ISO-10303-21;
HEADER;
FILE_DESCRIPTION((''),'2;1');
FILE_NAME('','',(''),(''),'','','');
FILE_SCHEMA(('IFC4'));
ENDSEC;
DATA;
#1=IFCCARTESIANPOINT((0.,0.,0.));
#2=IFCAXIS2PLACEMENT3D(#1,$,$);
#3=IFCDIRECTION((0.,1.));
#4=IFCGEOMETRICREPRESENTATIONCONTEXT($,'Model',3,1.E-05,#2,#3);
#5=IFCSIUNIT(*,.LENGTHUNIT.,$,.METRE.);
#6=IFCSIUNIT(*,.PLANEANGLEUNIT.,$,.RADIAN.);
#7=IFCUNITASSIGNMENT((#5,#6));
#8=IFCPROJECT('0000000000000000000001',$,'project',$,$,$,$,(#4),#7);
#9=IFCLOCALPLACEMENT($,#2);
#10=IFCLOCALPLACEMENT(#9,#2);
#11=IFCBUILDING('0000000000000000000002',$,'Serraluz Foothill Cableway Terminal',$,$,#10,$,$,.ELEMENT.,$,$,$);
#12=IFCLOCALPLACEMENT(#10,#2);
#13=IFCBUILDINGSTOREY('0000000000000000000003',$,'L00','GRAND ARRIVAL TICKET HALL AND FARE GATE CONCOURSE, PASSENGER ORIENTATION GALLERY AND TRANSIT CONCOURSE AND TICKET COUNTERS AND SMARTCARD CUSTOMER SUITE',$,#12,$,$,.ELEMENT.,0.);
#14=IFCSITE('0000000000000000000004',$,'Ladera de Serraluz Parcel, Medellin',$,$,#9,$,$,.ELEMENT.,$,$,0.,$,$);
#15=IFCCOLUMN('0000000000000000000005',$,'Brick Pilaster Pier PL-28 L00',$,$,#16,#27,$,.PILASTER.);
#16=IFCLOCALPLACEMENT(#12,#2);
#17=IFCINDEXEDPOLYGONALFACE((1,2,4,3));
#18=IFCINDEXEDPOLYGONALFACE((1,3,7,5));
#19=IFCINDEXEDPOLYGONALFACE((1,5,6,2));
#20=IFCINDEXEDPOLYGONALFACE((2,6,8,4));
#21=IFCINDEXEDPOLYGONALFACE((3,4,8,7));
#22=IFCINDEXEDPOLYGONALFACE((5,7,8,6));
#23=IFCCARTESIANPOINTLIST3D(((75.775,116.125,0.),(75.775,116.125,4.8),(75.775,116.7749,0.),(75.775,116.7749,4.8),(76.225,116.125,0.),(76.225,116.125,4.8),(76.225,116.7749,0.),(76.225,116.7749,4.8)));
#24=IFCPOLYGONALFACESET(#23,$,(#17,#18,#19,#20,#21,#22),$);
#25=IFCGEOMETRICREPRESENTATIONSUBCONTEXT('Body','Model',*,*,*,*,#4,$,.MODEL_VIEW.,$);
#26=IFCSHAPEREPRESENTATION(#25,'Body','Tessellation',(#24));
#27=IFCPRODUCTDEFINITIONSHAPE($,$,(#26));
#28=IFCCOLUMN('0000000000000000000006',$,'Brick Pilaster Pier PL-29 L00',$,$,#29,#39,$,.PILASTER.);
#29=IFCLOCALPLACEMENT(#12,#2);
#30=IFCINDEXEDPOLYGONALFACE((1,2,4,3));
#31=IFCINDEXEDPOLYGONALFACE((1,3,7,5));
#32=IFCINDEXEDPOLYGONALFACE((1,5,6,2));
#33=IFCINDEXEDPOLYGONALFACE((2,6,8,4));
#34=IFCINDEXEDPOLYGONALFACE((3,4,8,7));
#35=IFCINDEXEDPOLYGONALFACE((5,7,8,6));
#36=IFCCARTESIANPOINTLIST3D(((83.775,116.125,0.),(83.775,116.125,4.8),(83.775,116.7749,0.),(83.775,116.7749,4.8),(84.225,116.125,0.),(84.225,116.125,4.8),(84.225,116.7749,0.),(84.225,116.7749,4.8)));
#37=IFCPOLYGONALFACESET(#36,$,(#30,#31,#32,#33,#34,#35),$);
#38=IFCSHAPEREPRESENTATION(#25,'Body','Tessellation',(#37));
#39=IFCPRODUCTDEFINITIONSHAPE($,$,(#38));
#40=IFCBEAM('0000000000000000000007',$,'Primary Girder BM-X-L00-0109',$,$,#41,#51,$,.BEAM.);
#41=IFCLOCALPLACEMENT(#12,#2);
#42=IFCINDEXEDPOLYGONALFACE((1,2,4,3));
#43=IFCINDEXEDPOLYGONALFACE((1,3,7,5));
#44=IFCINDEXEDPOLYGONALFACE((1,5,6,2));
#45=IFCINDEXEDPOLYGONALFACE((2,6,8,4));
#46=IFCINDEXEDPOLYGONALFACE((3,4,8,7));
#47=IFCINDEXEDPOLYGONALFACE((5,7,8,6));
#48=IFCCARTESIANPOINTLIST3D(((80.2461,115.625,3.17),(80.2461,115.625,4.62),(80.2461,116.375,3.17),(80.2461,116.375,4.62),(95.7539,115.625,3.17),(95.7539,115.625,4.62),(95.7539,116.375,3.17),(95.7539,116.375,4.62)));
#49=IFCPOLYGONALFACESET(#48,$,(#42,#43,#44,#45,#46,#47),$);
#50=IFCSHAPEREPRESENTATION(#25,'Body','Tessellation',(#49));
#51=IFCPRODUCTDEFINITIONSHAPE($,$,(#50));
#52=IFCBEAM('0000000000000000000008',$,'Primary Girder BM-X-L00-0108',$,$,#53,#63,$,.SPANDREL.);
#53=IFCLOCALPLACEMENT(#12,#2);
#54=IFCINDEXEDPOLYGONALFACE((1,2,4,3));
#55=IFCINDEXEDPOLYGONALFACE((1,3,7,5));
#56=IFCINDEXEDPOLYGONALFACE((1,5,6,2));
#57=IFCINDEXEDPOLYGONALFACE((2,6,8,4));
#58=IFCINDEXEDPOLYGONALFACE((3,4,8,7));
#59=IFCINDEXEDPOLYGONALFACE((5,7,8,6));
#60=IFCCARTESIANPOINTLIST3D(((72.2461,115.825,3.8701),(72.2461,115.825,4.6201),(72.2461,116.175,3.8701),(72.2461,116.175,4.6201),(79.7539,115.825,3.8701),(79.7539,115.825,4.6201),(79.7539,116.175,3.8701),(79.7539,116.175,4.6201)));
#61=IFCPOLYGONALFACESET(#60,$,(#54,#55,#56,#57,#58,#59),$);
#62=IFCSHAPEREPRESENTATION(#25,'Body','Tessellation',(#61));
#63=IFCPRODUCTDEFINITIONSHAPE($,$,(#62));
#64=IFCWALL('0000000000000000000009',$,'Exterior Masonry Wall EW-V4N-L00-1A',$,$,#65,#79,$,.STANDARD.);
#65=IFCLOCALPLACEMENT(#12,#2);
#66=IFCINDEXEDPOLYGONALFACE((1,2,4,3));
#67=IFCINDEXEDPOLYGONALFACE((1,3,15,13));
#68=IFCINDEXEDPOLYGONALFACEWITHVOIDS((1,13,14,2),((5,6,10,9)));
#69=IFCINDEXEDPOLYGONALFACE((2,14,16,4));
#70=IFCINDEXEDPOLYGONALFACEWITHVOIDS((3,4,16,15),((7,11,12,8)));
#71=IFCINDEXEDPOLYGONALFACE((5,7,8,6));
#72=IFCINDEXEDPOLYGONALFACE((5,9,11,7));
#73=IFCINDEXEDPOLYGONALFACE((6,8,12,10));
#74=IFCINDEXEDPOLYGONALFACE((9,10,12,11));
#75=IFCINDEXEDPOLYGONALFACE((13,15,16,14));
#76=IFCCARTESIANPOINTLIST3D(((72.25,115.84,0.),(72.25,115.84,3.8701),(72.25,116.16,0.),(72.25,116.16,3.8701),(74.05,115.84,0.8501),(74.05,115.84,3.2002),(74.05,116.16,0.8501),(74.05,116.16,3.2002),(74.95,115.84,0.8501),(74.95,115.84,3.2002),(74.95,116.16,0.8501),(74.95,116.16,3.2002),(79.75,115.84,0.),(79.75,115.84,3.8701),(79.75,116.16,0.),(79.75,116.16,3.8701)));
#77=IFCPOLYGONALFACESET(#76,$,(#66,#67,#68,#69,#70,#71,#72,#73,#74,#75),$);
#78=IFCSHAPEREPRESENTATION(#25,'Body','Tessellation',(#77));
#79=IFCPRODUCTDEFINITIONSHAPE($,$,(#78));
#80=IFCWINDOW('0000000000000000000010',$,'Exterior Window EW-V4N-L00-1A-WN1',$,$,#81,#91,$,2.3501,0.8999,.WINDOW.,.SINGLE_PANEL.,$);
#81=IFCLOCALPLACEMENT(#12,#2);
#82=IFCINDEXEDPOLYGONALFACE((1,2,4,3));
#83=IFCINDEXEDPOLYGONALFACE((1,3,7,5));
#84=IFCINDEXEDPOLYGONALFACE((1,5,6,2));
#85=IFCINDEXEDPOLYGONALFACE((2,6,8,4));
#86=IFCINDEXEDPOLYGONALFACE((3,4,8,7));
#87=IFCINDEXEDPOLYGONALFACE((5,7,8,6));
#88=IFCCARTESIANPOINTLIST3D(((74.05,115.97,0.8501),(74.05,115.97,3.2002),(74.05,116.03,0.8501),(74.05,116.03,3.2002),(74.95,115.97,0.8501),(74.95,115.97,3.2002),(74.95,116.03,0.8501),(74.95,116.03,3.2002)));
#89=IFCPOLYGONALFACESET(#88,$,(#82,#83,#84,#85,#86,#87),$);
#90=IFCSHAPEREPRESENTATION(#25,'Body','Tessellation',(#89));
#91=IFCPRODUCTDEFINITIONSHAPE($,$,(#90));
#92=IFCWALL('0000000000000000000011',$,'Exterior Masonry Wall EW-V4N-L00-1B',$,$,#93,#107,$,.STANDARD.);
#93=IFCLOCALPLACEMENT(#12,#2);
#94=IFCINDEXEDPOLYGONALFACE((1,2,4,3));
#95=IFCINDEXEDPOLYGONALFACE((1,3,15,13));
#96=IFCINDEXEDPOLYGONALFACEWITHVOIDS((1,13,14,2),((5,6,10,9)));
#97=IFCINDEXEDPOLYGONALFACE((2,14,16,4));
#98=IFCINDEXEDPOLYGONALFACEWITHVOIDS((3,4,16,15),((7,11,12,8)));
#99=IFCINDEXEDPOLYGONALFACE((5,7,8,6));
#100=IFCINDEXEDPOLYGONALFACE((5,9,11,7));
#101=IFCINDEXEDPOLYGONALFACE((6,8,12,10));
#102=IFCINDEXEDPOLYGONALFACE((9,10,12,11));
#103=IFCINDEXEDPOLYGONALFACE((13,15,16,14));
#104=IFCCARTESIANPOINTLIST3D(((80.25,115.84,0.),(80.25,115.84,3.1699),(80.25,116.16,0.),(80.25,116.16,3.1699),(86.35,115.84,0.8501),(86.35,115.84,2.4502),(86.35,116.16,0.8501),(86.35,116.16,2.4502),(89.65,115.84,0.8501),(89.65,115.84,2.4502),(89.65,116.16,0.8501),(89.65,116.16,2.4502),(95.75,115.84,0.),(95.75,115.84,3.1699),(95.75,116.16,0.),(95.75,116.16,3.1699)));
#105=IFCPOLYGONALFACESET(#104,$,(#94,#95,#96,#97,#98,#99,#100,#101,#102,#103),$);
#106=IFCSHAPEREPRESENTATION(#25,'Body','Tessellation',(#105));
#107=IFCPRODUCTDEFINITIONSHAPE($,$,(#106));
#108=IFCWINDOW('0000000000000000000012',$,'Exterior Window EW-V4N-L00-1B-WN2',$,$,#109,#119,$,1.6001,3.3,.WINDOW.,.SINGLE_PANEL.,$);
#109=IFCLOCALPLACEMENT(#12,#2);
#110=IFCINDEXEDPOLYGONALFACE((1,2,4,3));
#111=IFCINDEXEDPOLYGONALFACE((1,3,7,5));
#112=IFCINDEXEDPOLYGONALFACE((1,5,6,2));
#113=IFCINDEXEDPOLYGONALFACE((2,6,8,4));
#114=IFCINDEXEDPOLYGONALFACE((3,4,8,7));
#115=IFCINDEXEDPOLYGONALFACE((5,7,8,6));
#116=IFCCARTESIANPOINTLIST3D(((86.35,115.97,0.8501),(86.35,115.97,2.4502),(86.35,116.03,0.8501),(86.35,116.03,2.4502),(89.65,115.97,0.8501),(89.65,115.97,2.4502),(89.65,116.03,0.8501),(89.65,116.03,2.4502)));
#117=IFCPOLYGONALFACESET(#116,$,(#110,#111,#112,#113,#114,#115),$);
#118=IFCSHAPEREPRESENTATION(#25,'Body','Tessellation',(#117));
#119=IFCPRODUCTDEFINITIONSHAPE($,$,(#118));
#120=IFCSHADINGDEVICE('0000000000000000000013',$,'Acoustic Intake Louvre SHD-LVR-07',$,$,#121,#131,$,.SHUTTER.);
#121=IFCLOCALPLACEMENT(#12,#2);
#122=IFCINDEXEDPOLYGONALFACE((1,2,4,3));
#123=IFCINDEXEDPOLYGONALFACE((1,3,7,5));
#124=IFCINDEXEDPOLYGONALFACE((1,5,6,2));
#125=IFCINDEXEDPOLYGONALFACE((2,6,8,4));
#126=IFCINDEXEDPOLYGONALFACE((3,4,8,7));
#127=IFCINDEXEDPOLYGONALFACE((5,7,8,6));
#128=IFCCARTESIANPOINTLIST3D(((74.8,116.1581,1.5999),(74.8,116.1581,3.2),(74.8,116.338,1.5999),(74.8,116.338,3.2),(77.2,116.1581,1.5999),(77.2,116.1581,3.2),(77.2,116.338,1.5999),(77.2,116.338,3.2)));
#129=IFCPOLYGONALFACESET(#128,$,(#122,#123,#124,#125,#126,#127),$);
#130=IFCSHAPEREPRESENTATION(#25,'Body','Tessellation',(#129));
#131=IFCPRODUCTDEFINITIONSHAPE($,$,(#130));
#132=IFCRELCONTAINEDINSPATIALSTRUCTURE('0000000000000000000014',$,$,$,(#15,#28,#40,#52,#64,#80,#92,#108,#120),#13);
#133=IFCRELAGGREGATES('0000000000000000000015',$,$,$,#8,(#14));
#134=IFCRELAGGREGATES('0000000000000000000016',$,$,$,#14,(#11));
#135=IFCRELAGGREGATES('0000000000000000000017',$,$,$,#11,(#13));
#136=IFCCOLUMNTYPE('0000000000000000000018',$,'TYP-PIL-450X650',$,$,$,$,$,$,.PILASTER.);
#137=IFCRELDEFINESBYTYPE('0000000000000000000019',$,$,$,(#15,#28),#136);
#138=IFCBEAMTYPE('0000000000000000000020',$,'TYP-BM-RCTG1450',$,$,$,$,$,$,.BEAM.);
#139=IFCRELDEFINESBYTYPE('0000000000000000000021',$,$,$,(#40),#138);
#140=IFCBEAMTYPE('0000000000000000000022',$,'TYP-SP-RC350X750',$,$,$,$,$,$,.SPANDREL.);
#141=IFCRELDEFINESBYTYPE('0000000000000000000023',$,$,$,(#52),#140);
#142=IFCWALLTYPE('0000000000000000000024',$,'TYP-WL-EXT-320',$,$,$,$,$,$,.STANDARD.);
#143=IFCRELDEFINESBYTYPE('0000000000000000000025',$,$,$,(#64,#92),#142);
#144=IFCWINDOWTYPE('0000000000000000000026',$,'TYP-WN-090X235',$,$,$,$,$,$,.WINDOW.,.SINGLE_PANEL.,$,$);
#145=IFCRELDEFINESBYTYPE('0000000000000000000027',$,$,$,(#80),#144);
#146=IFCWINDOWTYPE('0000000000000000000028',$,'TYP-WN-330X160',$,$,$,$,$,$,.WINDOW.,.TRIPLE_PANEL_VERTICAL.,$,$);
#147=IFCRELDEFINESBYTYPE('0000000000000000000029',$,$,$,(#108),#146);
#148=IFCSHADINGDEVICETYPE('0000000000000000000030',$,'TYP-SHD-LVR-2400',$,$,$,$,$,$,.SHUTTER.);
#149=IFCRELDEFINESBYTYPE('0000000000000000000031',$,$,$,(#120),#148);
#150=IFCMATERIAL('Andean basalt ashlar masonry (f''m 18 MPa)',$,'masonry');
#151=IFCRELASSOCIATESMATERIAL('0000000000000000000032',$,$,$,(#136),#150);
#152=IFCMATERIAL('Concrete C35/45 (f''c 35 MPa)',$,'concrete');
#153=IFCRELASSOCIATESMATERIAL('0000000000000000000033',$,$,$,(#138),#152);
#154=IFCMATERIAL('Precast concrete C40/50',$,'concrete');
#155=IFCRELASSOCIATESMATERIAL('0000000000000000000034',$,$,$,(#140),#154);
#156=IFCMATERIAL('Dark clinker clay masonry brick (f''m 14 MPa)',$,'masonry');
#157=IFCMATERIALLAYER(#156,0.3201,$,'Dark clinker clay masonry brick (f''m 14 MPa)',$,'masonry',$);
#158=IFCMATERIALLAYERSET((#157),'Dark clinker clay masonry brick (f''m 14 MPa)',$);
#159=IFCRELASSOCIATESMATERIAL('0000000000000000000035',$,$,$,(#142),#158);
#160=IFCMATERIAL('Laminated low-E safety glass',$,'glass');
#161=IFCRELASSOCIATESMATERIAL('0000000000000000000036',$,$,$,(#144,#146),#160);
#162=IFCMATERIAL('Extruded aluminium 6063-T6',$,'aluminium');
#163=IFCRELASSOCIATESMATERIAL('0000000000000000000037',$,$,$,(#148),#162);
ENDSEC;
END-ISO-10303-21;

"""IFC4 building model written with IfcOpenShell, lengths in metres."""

from ifc_helpers import new_model, si_unit, direction, frame, frame_2d, origin, origin_2d, place, context, subcontext, project, spatial, rectangle, extrude, material, layer, layer_set, material_profile, profile_set, type_object, element, fill, save


model = new_model("IFC4")

# Units and contexts
model_context = context("Model", 3, precision=1e-05, world=origin(), true_north=direction((0.0, 1.0)))
body_context = subcontext(model_context, "Body", "Model", "MODEL_VIEW")
ifc_project = project(units=[si_unit("LENGTHUNIT", "METRE"), si_unit("PLANEANGLEUNIT", "RADIAN")], contexts=[model_context])

# Site, building, storey
site_placement = place(None, origin())
site = spatial("IfcSite", under=ifc_project, at=site_placement, Name="Ladera de Serraluz Parcel, Medellin", CompositionType="ELEMENT", RefElevation=0.0)
building_placement = place(site_placement, origin())
building = spatial("IfcBuilding", under=site, at=building_placement, Name="Serraluz Foothill Cableway Terminal", CompositionType="ELEMENT")
storey_placement = place(building_placement, origin())
storey = spatial("IfcBuildingStorey", under=building, at=storey_placement, Name="L00", Description="GRAND ARRIVAL TICKET HALL AND FARE GATE CONCOURSE, PASSENGER ORIENTATION GALLERY AND TRANSIT CONCOURSE AND TICKET COUNTERS AND SMARTCARD CUSTOMER SUITE", CompositionType="ELEMENT", Elevation=0.0)

# Shared definitions
ifc_material_1 = material(Name="Concrete C35/45 (f'c 35 MPa)", Category="concrete")

# Columns
ifc_material_2 = material(Name="Andean basalt ashlar masonry (f'm 18 MPa)", Category="masonry")
ifc_material_profile_1 = material_profile(ifc_material_2, rectangle(XDim=0.45, YDim=0.6499, at=origin_2d()), Name="PIL 450x650")
ifc_profile_set_1 = profile_set([ifc_material_profile_1], Name="Andean basalt ashlar masonry (f'm 18 MPa)")
column_type_1 = type_object("IfcColumnType", Name="TYP-PIL-450X650", PredefinedType="PILASTER", material=ifc_profile_set_1)
for number, where, z_axis, x_axis, name in (
    (1, (76.0, 116.45, 0.0), (0.0, 0.0, 1.0), (1.0, 0.0, 0.0), "Brick Pilaster Pier PL-28 L00"),
    (2, (84.0, 116.45, 0.0), (0.0, 0.0, 1.0), (1.0, 0.0, 0.0), "Brick Pilaster Pier PL-29 L00"),
):
    element("IfcColumn", number, at=place(storey_placement, frame(where, z_axis=z_axis, x_axis=x_axis)), inside=storey, type_object=column_type_1, Name=name, PredefinedType="PILASTER", context=body_context, shape_type="SweptSolid", body=[
        extrude(rectangle(XDim=0.45, YDim=0.6499, at=origin_2d()), origin(), (0.0, 0.0, 1.0), 4.8),
    ])

# Beams
ifc_material_profile_2 = material_profile(ifc_material_1, rectangle(XDim=0.75, YDim=1.45, at=origin_2d()), Name="RC TG 750x1450")
ifc_profile_set_2 = profile_set([ifc_material_profile_2], Name="Concrete C35/45 (f'c 35 MPa)")
beam_type_1 = type_object("IfcBeamType", Name="TYP-BM-RCTG1450", PredefinedType="BEAM", material=ifc_profile_set_2)
beam_1_placement = place(storey_placement, frame((80.2461, 116.0, 3.895), z_axis=(1.0, 0.0, 0.0), x_axis=(0.0, 1.0, 0.0)))
element("IfcBeam", 3, at=beam_1_placement, inside=storey, type_object=beam_type_1, Name="Primary Girder BM-X-L00-0109", PredefinedType="BEAM", context=body_context, shape_type="SweptSolid", body=[
    extrude(rectangle(XDim=0.75, YDim=1.45, at=origin_2d()), origin(), (0.0, 0.0, 1.0), 15.5078),
])
ifc_material_3 = material(Name="Precast concrete C40/50", Category="concrete")
ifc_material_profile_3 = material_profile(ifc_material_3, rectangle(XDim=0.3501, YDim=0.75, at=origin_2d()), Name="RC SP 350x750")
ifc_profile_set_3 = profile_set([ifc_material_profile_3], Name="Precast concrete C40/50")
beam_type_2 = type_object("IfcBeamType", Name="TYP-SP-RC350X750", PredefinedType="SPANDREL", material=ifc_profile_set_3)
beam_2_placement = place(storey_placement, frame((72.2461, 116.0, 4.2451), z_axis=(1.0, 0.0, 0.0), x_axis=(0.0, 1.0, 0.0)))
element("IfcBeam", 4, at=beam_2_placement, inside=storey, type_object=beam_type_2, Name="Primary Girder BM-X-L00-0108", PredefinedType="SPANDREL", context=body_context, shape_type="SweptSolid", body=[
    extrude(rectangle(XDim=0.3501, YDim=0.75, at=origin_2d()), origin(), (0.0, 0.0, 1.0), 7.5078),
])

# Walls, openings, windows
ifc_material_4 = material(Name="Dark clinker clay masonry brick (f'm 14 MPa)", Category="masonry")
ifc_layer = layer(ifc_material_4, 0.3201, Name="Dark clinker clay masonry brick (f'm 14 MPa)", Category="masonry")
ifc_layer_set = layer_set([ifc_layer], Name="Dark clinker clay masonry brick (f'm 14 MPa)")
wall_type = type_object("IfcWallType", Name="TYP-WL-EXT-320", PredefinedType="STANDARD", material=ifc_layer_set)
wall_1_placement = place(storey_placement, frame((72.25, 116.0, 0.0), z_axis=(0.0, 0.0, 1.0), x_axis=(1.0, 0.0, 0.0)))
wall_1 = element("IfcWall", 5, at=wall_1_placement, inside=storey, type_object=wall_type, Name="Exterior Masonry Wall EW-V4N-L00-1A", PredefinedType="STANDARD", context=body_context, shape_type="SweptSolid", body=[
    extrude(rectangle(XDim=7.5, YDim=0.3201, at=frame_2d((3.75, 0.0))), origin(), (0.0, 0.0, 1.0), 3.8701),
])
opening_1_placement = place(wall_1_placement, frame((1.8, 0.0, 0.8501)))
opening_1 = element("IfcOpeningElement", 6, at=opening_1_placement, cuts=wall_1, PredefinedType="OPENING", context=body_context, shape_type="SweptSolid", body=[
    extrude(rectangle(XDim=0.8999, YDim=2.3501, at=frame_2d((0.45, 1.175))), frame((0.0, 0.1699, 0.0), z_axis=(0.0, -1.0, 0.0), x_axis=(1.0, 0.0, 0.0)), (0.0, 0.0, 1.0), 0.3401),
])
ifc_material_5 = material(Name="Laminated low-E safety glass", Category="glass")
window_type_1 = type_object("IfcWindowType", Name="TYP-WN-090X235", PartitioningType="SINGLE_PANEL", PredefinedType="WINDOW", material=ifc_material_5)
window_1_placement = place(opening_1_placement, origin())
window_1 = element("IfcWindow", 7, at=window_1_placement, inside=storey, type_object=window_type_1, Name="Exterior Window EW-V4N-L00-1A-WN1", OverallHeight=2.3501, OverallWidth=0.8999, PartitioningType="SINGLE_PANEL", PredefinedType="WINDOW", context=body_context, shape_type="SweptSolid", body=[
    extrude(rectangle(XDim=0.8999, YDim=2.3501, at=frame_2d((0.45, 1.175))), frame((0.0, 0.03, 0.0), z_axis=(0.0, -1.0, 0.0), x_axis=(1.0, 0.0, 0.0)), (0.0, 0.0, 1.0), 0.0601),
])
fill(opening_1, window_1)
wall_2_placement = place(storey_placement, frame((80.25, 116.0, 0.0), z_axis=(0.0, 0.0, 1.0), x_axis=(1.0, 0.0, 0.0)))
wall_2 = element("IfcWall", 8, at=wall_2_placement, inside=storey, type_object=wall_type, Name="Exterior Masonry Wall EW-V4N-L00-1B", PredefinedType="STANDARD", context=body_context, shape_type="SweptSolid", body=[
    extrude(rectangle(XDim=15.5, YDim=0.3201, at=frame_2d((7.75, 0.0))), origin(), (0.0, 0.0, 1.0), 3.1699),
])
opening_2_placement = place(wall_2_placement, frame((6.1001, 0.0, 0.8501)))
opening_2 = element("IfcOpeningElement", 9, at=opening_2_placement, cuts=wall_2, PredefinedType="OPENING", context=body_context, shape_type="SweptSolid", body=[
    extrude(rectangle(XDim=3.3, YDim=1.6001, at=frame_2d((1.6499, 0.8))), frame((0.0, 0.1699, 0.0), z_axis=(0.0, -1.0, 0.0), x_axis=(1.0, 0.0, 0.0)), (0.0, 0.0, 1.0), 0.3401),
])
window_type_2 = type_object("IfcWindowType", Name="TYP-WN-330X160", PartitioningType="TRIPLE_PANEL_VERTICAL", PredefinedType="WINDOW", material=ifc_material_5)
window_2_placement = place(opening_2_placement, origin())
window_2 = element("IfcWindow", 10, at=window_2_placement, inside=storey, type_object=window_type_2, Name="Exterior Window EW-V4N-L00-1B-WN2", OverallHeight=1.6001, OverallWidth=3.3, PartitioningType="SINGLE_PANEL", PredefinedType="WINDOW", context=body_context, shape_type="SweptSolid", body=[
    extrude(rectangle(XDim=3.3, YDim=1.6001, at=frame_2d((1.6499, 0.8))), frame((0.0, 0.03, 0.0), z_axis=(0.0, -1.0, 0.0), x_axis=(1.0, 0.0, 0.0)), (0.0, 0.0, 1.0), 0.0601),
])
fill(opening_2, window_2)

# Shading device
ifc_material_6 = material(Name="Extruded aluminium 6063-T6", Category="aluminium")
shading_device_type = type_object("IfcShadingDeviceType", Name="TYP-SHD-LVR-2400", PredefinedType="SHUTTER", material=ifc_material_6)
shading_device_placement = place(storey_placement, frame((76.0, 116.248, 1.5999), z_axis=(0.0, 0.0, 1.0), x_axis=(1.0, 0.0, 0.0)))
element("IfcShadingDevice", 11, at=shading_device_placement, inside=storey, type_object=shading_device_type, Name="Acoustic Intake Louvre SHD-LVR-07", PredefinedType="SHUTTER", context=body_context, shape_type="SweptSolid", body=[
    extrude(rectangle(XDim=2.3999, YDim=0.1799, at=origin_2d()), origin(), (0.0, 0.0, 1.0), 1.6001),
])

save(model, "model.ifc")
